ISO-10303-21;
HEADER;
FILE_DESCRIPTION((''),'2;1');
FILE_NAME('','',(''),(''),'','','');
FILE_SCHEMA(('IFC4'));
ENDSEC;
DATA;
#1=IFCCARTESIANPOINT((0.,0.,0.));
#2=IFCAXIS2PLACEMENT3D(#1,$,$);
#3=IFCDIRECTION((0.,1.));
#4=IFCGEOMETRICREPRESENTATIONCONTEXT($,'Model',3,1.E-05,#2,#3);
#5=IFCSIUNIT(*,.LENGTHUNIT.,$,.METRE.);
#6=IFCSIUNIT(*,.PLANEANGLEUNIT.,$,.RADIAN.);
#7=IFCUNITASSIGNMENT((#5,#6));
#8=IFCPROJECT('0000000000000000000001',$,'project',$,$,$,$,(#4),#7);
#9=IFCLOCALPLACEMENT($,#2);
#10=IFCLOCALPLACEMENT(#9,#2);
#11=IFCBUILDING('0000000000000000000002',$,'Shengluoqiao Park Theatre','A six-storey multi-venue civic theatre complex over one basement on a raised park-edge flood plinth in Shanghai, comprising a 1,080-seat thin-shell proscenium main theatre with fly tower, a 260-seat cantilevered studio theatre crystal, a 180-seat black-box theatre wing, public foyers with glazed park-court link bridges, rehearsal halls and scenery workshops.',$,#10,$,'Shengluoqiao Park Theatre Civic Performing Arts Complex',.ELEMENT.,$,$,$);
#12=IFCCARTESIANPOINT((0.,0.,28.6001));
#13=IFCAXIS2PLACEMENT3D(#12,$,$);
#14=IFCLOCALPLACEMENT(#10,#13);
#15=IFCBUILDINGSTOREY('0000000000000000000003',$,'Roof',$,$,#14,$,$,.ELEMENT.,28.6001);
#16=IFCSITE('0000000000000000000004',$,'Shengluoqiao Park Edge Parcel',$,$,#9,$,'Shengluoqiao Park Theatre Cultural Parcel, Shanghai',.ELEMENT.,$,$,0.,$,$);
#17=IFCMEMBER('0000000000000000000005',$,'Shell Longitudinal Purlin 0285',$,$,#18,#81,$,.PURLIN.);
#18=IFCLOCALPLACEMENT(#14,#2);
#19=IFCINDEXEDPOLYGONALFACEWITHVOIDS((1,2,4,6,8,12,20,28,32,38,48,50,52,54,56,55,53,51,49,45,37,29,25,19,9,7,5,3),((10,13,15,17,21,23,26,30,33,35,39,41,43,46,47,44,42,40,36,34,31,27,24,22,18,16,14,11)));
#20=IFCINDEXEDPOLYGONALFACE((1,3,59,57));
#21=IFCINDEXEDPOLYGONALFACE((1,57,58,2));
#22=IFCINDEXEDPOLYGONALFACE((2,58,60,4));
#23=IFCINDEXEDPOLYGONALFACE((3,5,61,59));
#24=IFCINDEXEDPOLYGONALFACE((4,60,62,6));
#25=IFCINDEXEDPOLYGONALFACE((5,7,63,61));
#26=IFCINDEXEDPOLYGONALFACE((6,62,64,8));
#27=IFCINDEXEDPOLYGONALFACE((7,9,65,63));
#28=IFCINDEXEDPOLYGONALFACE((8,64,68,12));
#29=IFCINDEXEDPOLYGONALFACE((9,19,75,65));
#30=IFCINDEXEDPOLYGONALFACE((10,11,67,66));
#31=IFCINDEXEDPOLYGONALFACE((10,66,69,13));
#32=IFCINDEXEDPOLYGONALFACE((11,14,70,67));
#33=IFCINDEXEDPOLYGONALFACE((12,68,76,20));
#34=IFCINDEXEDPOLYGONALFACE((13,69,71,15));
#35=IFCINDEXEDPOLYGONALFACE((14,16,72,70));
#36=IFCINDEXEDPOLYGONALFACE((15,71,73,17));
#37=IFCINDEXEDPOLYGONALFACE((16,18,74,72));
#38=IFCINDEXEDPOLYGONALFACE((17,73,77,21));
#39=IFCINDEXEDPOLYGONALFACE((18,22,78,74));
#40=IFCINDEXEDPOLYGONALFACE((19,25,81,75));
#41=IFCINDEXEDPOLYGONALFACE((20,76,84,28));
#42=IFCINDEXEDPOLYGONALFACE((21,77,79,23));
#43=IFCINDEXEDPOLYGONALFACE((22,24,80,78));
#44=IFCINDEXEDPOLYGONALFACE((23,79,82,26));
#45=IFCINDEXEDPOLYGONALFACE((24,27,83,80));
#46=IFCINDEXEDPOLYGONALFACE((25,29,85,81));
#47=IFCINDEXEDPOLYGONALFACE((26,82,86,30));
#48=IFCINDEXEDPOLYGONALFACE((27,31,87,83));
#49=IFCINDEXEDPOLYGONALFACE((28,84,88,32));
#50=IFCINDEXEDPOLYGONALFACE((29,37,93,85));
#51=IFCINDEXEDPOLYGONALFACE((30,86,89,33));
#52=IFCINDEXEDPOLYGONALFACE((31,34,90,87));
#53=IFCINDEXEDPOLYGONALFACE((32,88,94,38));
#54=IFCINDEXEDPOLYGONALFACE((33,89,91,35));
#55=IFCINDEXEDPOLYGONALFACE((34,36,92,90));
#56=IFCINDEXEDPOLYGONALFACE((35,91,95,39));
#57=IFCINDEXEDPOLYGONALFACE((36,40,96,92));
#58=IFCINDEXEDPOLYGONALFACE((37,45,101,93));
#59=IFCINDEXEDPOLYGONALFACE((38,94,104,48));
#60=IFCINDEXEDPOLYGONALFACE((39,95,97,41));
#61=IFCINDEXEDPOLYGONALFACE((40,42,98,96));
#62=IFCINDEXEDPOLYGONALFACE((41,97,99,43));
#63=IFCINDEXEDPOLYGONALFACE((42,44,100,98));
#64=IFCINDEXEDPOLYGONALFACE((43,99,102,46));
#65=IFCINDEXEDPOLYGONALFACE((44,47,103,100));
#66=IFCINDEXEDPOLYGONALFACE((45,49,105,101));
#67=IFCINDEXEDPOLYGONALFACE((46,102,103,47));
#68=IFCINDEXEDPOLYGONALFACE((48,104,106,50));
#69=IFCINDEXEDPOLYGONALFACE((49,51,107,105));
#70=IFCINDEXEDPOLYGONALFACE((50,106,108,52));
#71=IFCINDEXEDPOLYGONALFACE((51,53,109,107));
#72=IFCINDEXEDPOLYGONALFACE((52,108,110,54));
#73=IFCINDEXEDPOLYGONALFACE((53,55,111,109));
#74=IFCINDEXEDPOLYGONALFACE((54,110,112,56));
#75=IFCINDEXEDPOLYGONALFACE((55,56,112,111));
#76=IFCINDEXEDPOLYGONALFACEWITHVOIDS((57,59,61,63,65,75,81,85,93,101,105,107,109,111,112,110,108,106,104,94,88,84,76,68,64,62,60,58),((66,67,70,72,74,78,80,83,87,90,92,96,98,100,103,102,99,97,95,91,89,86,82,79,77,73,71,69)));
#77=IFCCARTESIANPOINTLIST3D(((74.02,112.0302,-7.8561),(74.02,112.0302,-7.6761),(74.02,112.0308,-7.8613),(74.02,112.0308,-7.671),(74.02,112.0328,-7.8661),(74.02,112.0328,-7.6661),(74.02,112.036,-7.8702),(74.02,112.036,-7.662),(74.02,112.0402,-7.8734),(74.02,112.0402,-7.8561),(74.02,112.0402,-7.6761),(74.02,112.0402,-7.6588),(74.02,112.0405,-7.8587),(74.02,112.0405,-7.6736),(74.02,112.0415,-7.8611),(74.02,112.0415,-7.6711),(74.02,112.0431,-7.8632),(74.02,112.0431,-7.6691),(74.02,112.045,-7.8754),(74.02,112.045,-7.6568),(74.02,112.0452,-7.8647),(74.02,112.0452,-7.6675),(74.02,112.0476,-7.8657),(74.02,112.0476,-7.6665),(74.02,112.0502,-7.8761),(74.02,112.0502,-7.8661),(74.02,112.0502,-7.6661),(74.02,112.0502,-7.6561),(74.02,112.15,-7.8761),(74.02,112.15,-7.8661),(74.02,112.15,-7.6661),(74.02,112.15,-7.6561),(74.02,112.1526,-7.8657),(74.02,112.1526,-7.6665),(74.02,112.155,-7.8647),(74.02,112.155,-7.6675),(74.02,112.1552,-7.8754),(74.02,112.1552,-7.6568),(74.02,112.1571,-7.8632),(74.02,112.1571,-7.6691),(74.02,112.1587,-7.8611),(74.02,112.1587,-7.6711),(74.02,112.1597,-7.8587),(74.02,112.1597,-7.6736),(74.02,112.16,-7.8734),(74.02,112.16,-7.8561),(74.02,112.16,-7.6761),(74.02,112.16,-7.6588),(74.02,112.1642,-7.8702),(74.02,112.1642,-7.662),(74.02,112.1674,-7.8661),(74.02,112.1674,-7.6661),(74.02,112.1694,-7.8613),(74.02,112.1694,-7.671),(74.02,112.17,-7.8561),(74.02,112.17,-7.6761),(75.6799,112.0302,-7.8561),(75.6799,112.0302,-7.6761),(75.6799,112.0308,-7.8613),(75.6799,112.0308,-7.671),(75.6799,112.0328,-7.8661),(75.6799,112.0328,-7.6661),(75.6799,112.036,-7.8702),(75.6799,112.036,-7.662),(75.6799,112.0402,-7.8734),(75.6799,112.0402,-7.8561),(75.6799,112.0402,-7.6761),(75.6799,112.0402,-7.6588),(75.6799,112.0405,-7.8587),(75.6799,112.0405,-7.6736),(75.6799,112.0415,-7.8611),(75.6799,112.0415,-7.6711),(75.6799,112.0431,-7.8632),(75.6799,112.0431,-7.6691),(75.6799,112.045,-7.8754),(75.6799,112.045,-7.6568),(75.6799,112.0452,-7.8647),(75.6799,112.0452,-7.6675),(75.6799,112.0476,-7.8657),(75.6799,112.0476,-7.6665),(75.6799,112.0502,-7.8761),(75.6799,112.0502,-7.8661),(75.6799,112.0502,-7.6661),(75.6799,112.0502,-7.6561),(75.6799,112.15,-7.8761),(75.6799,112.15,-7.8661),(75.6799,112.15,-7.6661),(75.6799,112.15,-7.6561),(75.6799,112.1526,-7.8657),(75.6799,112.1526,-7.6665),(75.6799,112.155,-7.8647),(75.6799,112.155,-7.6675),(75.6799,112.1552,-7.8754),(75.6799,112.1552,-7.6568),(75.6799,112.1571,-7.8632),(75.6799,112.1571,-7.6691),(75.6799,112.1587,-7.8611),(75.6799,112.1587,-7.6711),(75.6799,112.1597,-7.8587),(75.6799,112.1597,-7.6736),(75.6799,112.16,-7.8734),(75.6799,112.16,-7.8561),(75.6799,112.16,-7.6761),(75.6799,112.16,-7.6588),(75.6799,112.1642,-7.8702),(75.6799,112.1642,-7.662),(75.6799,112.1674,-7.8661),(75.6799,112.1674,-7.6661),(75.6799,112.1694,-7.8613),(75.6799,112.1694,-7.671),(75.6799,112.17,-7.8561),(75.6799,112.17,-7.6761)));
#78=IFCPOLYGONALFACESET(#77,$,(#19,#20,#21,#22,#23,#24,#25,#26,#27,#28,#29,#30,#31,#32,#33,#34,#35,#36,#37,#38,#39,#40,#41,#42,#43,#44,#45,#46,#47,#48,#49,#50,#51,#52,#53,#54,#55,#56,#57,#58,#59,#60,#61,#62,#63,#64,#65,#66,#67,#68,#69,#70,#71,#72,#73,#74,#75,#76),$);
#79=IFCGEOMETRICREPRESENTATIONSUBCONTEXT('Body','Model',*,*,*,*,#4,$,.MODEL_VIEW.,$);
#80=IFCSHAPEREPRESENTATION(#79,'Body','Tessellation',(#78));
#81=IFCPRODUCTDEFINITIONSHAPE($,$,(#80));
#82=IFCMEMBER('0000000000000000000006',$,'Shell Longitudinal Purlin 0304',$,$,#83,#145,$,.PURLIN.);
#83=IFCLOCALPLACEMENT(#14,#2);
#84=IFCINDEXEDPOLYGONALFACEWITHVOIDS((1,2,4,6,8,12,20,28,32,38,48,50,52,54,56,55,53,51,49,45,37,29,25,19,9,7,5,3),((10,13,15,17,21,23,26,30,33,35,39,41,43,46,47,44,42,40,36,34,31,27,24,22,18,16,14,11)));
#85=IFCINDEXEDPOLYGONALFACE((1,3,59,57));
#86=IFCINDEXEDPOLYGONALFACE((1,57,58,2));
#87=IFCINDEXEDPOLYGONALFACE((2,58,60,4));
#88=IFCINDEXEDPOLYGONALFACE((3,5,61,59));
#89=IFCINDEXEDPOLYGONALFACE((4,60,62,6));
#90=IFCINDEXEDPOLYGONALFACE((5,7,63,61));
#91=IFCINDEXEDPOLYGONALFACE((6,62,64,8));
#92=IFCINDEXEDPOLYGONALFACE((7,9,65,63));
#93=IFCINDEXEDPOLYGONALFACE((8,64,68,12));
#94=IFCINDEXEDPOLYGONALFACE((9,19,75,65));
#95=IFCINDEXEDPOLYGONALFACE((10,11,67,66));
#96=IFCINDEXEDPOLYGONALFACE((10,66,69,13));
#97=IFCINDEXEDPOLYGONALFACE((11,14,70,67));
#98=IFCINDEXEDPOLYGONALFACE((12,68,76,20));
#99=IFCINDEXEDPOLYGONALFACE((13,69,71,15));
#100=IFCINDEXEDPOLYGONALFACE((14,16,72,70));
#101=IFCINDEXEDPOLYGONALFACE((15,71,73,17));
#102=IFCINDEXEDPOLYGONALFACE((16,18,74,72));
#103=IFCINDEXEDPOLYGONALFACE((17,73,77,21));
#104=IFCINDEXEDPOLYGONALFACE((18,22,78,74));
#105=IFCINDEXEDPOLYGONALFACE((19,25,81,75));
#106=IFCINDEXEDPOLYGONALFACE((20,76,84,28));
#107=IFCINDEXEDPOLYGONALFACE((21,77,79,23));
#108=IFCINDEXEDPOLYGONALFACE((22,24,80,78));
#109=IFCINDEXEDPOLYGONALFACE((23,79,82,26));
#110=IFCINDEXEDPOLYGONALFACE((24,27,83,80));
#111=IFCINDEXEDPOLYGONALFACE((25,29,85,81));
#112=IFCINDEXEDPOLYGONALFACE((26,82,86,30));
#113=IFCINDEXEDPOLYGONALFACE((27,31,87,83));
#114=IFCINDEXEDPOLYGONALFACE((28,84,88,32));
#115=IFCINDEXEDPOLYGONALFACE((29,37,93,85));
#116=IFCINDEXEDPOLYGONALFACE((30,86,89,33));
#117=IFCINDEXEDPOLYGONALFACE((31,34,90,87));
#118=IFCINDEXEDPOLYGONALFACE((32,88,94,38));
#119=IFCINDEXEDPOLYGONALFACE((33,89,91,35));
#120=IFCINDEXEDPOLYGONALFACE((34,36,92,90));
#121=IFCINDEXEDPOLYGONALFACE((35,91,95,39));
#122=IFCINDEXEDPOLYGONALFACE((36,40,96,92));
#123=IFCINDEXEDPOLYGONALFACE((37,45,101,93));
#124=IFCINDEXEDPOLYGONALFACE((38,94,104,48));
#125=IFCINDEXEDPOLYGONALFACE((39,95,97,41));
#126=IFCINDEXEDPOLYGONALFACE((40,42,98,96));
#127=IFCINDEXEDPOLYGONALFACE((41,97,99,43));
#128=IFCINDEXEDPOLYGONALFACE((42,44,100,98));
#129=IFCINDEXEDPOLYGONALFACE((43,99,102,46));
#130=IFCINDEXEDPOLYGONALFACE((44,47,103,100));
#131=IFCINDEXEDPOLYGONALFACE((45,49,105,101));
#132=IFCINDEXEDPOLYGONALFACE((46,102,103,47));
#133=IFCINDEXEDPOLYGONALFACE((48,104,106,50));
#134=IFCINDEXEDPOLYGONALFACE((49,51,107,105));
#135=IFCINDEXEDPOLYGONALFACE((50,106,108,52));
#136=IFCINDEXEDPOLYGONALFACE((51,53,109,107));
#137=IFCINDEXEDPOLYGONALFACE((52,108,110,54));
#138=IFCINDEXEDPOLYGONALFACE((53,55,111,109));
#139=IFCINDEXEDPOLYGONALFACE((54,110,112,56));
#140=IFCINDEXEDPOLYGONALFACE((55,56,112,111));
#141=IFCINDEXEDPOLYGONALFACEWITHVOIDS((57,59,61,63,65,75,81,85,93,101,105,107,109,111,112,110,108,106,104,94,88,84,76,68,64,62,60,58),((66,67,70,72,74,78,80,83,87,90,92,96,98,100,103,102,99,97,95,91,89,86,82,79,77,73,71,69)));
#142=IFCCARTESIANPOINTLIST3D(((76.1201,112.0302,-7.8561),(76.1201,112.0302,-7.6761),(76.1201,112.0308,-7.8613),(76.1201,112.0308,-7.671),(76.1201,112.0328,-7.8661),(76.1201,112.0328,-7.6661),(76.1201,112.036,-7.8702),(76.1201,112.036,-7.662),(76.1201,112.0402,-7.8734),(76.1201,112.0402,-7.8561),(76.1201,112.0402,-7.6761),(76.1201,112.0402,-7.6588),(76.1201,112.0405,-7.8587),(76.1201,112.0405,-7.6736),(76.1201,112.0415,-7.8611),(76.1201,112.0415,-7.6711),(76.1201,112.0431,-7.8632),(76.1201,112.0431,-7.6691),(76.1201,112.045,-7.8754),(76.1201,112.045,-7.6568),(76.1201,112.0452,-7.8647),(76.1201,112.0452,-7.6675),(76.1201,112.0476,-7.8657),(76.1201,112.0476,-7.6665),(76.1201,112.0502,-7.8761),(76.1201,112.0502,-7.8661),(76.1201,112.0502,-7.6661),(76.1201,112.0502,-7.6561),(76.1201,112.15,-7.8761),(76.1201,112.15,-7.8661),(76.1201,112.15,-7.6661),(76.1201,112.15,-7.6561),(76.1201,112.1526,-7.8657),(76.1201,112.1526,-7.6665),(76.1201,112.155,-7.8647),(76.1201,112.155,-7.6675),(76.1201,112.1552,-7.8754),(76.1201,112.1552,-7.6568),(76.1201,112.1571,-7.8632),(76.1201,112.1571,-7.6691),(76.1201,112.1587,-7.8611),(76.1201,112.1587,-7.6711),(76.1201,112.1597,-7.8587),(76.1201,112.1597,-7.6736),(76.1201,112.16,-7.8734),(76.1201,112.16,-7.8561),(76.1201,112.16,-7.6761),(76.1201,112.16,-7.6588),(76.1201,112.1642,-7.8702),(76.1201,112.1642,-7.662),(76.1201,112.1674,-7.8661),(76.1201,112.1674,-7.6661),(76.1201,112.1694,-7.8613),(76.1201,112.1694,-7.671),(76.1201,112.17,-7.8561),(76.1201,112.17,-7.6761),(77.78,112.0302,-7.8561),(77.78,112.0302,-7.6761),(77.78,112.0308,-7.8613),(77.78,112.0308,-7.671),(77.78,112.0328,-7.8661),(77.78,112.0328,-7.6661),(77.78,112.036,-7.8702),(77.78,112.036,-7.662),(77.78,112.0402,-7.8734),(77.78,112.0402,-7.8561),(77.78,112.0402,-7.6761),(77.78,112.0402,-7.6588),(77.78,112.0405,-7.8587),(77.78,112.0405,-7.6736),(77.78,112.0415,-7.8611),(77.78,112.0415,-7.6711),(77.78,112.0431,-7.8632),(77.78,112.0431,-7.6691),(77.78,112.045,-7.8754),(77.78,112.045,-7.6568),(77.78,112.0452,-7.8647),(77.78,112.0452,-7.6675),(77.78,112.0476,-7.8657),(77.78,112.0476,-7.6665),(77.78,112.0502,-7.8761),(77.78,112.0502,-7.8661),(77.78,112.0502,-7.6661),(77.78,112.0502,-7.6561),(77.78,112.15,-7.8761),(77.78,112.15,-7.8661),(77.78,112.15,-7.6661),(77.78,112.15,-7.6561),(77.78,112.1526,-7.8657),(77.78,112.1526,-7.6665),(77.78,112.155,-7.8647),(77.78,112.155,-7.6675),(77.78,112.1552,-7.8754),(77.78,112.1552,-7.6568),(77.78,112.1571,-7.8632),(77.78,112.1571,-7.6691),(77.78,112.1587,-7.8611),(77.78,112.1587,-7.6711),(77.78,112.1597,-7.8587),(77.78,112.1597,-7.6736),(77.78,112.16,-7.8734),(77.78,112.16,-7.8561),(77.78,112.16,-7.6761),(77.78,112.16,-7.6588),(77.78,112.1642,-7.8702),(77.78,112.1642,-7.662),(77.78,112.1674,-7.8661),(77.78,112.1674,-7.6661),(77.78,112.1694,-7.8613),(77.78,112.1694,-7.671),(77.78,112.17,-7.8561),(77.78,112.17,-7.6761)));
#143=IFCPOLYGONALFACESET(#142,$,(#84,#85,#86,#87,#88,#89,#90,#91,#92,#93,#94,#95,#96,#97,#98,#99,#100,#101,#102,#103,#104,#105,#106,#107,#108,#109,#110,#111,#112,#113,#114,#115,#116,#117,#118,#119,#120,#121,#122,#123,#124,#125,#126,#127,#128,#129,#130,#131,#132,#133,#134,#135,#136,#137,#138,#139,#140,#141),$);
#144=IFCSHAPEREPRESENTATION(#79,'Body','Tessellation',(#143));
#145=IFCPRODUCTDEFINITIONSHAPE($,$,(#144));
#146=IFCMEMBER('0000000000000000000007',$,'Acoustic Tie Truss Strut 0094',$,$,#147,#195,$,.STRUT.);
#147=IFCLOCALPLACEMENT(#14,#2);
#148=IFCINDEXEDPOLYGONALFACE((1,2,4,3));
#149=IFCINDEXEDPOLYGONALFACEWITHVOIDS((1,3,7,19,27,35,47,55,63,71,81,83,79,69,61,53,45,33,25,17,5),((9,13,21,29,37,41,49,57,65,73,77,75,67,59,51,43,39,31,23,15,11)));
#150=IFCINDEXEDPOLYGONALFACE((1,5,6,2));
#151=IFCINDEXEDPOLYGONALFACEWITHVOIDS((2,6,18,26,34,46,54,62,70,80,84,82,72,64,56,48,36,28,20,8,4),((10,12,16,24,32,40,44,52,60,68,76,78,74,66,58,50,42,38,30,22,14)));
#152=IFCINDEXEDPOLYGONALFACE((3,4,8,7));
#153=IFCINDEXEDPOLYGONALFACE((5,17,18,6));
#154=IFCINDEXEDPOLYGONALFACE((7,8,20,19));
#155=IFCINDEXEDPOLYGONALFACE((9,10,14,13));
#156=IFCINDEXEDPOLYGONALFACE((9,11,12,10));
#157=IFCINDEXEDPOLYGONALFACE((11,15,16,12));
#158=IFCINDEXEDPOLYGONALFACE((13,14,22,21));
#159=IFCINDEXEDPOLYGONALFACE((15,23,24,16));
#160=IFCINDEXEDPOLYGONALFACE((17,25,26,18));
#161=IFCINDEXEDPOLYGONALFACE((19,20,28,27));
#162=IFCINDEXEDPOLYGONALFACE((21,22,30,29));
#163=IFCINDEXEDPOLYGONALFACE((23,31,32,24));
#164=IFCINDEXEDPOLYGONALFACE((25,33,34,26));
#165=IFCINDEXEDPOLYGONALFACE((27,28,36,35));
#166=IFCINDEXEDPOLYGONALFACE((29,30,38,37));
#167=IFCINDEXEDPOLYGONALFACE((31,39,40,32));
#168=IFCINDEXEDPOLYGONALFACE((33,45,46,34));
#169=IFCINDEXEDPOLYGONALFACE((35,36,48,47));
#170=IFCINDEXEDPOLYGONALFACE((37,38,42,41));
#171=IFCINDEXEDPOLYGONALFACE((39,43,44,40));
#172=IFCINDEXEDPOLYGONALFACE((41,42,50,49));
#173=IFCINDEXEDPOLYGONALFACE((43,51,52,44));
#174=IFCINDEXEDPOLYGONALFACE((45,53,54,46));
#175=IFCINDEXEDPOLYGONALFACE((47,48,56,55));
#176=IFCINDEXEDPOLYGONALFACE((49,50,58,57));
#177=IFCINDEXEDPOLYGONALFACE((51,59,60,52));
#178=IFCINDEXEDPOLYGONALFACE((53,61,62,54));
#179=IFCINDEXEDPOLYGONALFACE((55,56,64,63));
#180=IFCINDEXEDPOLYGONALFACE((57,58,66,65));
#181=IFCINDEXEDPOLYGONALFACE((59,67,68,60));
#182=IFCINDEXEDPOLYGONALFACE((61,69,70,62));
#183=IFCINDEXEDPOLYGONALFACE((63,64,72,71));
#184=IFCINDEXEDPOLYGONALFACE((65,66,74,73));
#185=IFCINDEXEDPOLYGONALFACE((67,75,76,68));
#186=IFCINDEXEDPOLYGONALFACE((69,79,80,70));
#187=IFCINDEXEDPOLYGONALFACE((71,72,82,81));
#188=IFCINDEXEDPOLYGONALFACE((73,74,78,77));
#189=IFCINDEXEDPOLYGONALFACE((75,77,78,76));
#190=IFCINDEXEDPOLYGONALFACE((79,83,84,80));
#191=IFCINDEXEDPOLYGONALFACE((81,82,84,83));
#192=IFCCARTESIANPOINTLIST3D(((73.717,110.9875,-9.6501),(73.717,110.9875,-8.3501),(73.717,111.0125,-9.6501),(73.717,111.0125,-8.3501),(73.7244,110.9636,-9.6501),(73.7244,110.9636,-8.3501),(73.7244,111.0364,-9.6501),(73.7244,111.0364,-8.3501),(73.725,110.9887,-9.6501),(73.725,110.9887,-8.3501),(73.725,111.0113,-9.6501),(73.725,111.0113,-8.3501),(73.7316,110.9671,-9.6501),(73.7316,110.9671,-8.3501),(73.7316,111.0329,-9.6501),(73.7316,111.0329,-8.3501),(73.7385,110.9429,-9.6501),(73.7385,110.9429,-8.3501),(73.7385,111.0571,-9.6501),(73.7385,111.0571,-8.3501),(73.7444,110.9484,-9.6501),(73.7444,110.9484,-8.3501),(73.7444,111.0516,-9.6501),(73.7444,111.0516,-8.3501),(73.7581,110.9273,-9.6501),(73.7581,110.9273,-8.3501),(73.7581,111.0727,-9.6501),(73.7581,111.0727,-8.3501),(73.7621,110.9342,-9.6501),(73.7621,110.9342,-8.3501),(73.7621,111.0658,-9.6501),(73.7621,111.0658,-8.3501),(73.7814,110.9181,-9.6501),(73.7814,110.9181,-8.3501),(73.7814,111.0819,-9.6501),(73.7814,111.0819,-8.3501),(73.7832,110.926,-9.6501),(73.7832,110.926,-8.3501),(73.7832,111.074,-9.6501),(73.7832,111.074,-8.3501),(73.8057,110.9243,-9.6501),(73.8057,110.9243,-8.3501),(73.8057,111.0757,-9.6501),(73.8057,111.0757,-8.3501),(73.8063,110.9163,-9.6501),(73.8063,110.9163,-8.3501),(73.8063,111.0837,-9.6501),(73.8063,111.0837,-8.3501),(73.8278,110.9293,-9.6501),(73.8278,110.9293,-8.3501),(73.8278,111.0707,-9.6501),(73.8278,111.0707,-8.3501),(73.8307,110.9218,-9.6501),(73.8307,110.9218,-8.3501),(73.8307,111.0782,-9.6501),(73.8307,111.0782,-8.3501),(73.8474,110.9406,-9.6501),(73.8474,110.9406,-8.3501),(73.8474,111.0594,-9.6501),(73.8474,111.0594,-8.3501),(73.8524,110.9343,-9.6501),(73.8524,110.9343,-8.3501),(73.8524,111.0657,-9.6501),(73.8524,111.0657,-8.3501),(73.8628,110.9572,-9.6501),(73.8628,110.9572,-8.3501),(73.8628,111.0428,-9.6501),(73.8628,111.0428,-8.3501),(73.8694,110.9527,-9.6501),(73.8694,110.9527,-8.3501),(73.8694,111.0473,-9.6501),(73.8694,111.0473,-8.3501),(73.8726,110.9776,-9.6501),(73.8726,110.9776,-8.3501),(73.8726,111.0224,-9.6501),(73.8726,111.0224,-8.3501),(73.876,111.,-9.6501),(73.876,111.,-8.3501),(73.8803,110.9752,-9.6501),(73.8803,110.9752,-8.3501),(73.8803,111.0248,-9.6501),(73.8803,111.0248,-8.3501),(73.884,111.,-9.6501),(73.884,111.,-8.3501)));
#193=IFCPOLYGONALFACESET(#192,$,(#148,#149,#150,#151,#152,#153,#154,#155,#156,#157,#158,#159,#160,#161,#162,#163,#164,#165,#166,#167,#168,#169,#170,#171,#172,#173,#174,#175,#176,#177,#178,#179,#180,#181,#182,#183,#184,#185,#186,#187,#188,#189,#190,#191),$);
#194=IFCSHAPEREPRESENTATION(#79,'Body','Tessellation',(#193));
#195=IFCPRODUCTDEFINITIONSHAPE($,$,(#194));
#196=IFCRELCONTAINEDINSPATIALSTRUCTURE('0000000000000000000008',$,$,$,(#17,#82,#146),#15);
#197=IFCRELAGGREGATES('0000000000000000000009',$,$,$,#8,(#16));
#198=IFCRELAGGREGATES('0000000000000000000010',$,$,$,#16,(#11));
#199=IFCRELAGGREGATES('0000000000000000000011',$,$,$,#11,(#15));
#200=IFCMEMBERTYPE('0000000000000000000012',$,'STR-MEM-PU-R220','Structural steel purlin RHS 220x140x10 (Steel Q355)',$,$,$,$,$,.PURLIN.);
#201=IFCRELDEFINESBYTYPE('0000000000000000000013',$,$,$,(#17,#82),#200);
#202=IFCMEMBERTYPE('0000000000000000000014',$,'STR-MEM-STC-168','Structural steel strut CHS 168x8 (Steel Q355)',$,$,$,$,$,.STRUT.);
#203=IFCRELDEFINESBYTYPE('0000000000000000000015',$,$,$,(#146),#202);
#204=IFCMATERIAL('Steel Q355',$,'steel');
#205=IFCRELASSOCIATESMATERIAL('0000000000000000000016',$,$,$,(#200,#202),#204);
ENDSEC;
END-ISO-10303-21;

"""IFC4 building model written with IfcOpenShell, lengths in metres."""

from ifc_helpers import new_model, si_unit, direction, frame, origin, origin_2d, place, context, subcontext, project, spatial, hollow_rectangle, hollow_circle, extrude, material, material_profile, profile_set, type_object, element, save


model = new_model("IFC4")

# Units and contexts
model_context = context("Model", 3, precision=1e-05, world=origin(), true_north=direction((0.0, 1.0)))
body_context = subcontext(model_context, "Body", "Model", "MODEL_VIEW")
ifc_project = project(units=[si_unit("LENGTHUNIT", "METRE"), si_unit("PLANEANGLEUNIT", "RADIAN")], contexts=[model_context])

# Site, building, storey
site_placement = place(None, origin())
site = spatial("IfcSite", under=ifc_project, at=site_placement, Name="Shengluoqiao Park Edge Parcel", LongName="Shengluoqiao Park Theatre Cultural Parcel, Shanghai", CompositionType="ELEMENT", RefElevation=0.0)
building_placement = place(site_placement, origin())
building = spatial("IfcBuilding", under=site, at=building_placement, Name="Shengluoqiao Park Theatre", Description="A six-storey multi-venue civic theatre complex over one basement on a raised park-edge flood plinth in Shanghai, comprising a 1,080-seat thin-shell proscenium main theatre with fly tower, a 260-seat cantilevered studio theatre crystal, a 180-seat black-box theatre wing, public foyers with glazed park-court link bridges, rehearsal halls and scenery workshops.", LongName="Shengluoqiao Park Theatre Civic Performing Arts Complex", CompositionType="ELEMENT")
storey_placement = place(building_placement, frame((0.0, 0.0, 28.6001)))
storey = spatial("IfcBuildingStorey", under=building, at=storey_placement, Name="Roof", CompositionType="ELEMENT", Elevation=28.6001)

# Shared definitions
ifc_material_1 = material(Name="Steel Q355", Category="steel")

# Members
ifc_material_profile_1 = material_profile(ifc_material_1, hollow_rectangle(XDim=0.1399, YDim=0.22, WallThickness=0.01, InnerFilletRadius=0.01, OuterFilletRadius=0.02, at=origin_2d()), Name="RHS 220x140x10")
ifc_profile_set_1 = profile_set([ifc_material_profile_1], Name="Steel Q355")
member_type_1 = type_object("IfcMemberType", Name="STR-MEM-PU-R220", Description="Structural steel purlin RHS 220x140x10 (Steel Q355)", PredefinedType="PURLIN", material=ifc_profile_set_1)
for number, where, z_axis, x_axis, name in (
    (1, (74.02, 112.1001, -7.7661), (1.0, 0.0, 0.0), (0.0, 1.0, 0.0), "Shell Longitudinal Purlin 0285"),
    (2, (76.1201, 112.1001, -7.7661), (1.0, 0.0, 0.0), (0.0, 1.0, 0.0), "Shell Longitudinal Purlin 0304"),
):
    element("IfcMember", number, at=place(storey_placement, frame(where, z_axis=z_axis, x_axis=x_axis)), inside=storey, type_object=member_type_1, Name=name, PredefinedType="PURLIN", context=body_context, shape_type="SweptSolid", body=[
        extrude(hollow_rectangle(XDim=0.1399, YDim=0.22, WallThickness=0.01, InnerFilletRadius=0.01, OuterFilletRadius=0.02, at=origin_2d()), origin(), (0.0, 0.0, 1.0), 1.6599),
    ])
ifc_material_profile_2 = material_profile(ifc_material_1, hollow_circle(Radius=0.084, WallThickness=0.0081, at=origin_2d()), Name="CHS 168x8")
ifc_profile_set_2 = profile_set([ifc_material_profile_2], Name="Steel Q355")
member_type_2 = type_object("IfcMemberType", Name="STR-MEM-STC-168", Description="Structural steel strut CHS 168x8 (Steel Q355)", PredefinedType="STRUT", material=ifc_profile_set_2)
for number, where, z_axis, x_axis, name in (
    (3, (73.8, 111.0, -9.6501), (0.0, 0.0, 1.0), (1.0, 0.0, 0.0), "Acoustic Tie Truss Strut 0094"),
):
    element("IfcMember", number, at=place(storey_placement, frame(where, z_axis=z_axis, x_axis=x_axis)), inside=storey, type_object=member_type_2, Name=name, PredefinedType="STRUT", context=body_context, shape_type="SweptSolid", body=[
        extrude(hollow_circle(Radius=0.084, WallThickness=0.0081, at=origin_2d()), origin(), (0.0, 0.0, 1.0), 1.3),
    ])

save(model, "model.ifc")
